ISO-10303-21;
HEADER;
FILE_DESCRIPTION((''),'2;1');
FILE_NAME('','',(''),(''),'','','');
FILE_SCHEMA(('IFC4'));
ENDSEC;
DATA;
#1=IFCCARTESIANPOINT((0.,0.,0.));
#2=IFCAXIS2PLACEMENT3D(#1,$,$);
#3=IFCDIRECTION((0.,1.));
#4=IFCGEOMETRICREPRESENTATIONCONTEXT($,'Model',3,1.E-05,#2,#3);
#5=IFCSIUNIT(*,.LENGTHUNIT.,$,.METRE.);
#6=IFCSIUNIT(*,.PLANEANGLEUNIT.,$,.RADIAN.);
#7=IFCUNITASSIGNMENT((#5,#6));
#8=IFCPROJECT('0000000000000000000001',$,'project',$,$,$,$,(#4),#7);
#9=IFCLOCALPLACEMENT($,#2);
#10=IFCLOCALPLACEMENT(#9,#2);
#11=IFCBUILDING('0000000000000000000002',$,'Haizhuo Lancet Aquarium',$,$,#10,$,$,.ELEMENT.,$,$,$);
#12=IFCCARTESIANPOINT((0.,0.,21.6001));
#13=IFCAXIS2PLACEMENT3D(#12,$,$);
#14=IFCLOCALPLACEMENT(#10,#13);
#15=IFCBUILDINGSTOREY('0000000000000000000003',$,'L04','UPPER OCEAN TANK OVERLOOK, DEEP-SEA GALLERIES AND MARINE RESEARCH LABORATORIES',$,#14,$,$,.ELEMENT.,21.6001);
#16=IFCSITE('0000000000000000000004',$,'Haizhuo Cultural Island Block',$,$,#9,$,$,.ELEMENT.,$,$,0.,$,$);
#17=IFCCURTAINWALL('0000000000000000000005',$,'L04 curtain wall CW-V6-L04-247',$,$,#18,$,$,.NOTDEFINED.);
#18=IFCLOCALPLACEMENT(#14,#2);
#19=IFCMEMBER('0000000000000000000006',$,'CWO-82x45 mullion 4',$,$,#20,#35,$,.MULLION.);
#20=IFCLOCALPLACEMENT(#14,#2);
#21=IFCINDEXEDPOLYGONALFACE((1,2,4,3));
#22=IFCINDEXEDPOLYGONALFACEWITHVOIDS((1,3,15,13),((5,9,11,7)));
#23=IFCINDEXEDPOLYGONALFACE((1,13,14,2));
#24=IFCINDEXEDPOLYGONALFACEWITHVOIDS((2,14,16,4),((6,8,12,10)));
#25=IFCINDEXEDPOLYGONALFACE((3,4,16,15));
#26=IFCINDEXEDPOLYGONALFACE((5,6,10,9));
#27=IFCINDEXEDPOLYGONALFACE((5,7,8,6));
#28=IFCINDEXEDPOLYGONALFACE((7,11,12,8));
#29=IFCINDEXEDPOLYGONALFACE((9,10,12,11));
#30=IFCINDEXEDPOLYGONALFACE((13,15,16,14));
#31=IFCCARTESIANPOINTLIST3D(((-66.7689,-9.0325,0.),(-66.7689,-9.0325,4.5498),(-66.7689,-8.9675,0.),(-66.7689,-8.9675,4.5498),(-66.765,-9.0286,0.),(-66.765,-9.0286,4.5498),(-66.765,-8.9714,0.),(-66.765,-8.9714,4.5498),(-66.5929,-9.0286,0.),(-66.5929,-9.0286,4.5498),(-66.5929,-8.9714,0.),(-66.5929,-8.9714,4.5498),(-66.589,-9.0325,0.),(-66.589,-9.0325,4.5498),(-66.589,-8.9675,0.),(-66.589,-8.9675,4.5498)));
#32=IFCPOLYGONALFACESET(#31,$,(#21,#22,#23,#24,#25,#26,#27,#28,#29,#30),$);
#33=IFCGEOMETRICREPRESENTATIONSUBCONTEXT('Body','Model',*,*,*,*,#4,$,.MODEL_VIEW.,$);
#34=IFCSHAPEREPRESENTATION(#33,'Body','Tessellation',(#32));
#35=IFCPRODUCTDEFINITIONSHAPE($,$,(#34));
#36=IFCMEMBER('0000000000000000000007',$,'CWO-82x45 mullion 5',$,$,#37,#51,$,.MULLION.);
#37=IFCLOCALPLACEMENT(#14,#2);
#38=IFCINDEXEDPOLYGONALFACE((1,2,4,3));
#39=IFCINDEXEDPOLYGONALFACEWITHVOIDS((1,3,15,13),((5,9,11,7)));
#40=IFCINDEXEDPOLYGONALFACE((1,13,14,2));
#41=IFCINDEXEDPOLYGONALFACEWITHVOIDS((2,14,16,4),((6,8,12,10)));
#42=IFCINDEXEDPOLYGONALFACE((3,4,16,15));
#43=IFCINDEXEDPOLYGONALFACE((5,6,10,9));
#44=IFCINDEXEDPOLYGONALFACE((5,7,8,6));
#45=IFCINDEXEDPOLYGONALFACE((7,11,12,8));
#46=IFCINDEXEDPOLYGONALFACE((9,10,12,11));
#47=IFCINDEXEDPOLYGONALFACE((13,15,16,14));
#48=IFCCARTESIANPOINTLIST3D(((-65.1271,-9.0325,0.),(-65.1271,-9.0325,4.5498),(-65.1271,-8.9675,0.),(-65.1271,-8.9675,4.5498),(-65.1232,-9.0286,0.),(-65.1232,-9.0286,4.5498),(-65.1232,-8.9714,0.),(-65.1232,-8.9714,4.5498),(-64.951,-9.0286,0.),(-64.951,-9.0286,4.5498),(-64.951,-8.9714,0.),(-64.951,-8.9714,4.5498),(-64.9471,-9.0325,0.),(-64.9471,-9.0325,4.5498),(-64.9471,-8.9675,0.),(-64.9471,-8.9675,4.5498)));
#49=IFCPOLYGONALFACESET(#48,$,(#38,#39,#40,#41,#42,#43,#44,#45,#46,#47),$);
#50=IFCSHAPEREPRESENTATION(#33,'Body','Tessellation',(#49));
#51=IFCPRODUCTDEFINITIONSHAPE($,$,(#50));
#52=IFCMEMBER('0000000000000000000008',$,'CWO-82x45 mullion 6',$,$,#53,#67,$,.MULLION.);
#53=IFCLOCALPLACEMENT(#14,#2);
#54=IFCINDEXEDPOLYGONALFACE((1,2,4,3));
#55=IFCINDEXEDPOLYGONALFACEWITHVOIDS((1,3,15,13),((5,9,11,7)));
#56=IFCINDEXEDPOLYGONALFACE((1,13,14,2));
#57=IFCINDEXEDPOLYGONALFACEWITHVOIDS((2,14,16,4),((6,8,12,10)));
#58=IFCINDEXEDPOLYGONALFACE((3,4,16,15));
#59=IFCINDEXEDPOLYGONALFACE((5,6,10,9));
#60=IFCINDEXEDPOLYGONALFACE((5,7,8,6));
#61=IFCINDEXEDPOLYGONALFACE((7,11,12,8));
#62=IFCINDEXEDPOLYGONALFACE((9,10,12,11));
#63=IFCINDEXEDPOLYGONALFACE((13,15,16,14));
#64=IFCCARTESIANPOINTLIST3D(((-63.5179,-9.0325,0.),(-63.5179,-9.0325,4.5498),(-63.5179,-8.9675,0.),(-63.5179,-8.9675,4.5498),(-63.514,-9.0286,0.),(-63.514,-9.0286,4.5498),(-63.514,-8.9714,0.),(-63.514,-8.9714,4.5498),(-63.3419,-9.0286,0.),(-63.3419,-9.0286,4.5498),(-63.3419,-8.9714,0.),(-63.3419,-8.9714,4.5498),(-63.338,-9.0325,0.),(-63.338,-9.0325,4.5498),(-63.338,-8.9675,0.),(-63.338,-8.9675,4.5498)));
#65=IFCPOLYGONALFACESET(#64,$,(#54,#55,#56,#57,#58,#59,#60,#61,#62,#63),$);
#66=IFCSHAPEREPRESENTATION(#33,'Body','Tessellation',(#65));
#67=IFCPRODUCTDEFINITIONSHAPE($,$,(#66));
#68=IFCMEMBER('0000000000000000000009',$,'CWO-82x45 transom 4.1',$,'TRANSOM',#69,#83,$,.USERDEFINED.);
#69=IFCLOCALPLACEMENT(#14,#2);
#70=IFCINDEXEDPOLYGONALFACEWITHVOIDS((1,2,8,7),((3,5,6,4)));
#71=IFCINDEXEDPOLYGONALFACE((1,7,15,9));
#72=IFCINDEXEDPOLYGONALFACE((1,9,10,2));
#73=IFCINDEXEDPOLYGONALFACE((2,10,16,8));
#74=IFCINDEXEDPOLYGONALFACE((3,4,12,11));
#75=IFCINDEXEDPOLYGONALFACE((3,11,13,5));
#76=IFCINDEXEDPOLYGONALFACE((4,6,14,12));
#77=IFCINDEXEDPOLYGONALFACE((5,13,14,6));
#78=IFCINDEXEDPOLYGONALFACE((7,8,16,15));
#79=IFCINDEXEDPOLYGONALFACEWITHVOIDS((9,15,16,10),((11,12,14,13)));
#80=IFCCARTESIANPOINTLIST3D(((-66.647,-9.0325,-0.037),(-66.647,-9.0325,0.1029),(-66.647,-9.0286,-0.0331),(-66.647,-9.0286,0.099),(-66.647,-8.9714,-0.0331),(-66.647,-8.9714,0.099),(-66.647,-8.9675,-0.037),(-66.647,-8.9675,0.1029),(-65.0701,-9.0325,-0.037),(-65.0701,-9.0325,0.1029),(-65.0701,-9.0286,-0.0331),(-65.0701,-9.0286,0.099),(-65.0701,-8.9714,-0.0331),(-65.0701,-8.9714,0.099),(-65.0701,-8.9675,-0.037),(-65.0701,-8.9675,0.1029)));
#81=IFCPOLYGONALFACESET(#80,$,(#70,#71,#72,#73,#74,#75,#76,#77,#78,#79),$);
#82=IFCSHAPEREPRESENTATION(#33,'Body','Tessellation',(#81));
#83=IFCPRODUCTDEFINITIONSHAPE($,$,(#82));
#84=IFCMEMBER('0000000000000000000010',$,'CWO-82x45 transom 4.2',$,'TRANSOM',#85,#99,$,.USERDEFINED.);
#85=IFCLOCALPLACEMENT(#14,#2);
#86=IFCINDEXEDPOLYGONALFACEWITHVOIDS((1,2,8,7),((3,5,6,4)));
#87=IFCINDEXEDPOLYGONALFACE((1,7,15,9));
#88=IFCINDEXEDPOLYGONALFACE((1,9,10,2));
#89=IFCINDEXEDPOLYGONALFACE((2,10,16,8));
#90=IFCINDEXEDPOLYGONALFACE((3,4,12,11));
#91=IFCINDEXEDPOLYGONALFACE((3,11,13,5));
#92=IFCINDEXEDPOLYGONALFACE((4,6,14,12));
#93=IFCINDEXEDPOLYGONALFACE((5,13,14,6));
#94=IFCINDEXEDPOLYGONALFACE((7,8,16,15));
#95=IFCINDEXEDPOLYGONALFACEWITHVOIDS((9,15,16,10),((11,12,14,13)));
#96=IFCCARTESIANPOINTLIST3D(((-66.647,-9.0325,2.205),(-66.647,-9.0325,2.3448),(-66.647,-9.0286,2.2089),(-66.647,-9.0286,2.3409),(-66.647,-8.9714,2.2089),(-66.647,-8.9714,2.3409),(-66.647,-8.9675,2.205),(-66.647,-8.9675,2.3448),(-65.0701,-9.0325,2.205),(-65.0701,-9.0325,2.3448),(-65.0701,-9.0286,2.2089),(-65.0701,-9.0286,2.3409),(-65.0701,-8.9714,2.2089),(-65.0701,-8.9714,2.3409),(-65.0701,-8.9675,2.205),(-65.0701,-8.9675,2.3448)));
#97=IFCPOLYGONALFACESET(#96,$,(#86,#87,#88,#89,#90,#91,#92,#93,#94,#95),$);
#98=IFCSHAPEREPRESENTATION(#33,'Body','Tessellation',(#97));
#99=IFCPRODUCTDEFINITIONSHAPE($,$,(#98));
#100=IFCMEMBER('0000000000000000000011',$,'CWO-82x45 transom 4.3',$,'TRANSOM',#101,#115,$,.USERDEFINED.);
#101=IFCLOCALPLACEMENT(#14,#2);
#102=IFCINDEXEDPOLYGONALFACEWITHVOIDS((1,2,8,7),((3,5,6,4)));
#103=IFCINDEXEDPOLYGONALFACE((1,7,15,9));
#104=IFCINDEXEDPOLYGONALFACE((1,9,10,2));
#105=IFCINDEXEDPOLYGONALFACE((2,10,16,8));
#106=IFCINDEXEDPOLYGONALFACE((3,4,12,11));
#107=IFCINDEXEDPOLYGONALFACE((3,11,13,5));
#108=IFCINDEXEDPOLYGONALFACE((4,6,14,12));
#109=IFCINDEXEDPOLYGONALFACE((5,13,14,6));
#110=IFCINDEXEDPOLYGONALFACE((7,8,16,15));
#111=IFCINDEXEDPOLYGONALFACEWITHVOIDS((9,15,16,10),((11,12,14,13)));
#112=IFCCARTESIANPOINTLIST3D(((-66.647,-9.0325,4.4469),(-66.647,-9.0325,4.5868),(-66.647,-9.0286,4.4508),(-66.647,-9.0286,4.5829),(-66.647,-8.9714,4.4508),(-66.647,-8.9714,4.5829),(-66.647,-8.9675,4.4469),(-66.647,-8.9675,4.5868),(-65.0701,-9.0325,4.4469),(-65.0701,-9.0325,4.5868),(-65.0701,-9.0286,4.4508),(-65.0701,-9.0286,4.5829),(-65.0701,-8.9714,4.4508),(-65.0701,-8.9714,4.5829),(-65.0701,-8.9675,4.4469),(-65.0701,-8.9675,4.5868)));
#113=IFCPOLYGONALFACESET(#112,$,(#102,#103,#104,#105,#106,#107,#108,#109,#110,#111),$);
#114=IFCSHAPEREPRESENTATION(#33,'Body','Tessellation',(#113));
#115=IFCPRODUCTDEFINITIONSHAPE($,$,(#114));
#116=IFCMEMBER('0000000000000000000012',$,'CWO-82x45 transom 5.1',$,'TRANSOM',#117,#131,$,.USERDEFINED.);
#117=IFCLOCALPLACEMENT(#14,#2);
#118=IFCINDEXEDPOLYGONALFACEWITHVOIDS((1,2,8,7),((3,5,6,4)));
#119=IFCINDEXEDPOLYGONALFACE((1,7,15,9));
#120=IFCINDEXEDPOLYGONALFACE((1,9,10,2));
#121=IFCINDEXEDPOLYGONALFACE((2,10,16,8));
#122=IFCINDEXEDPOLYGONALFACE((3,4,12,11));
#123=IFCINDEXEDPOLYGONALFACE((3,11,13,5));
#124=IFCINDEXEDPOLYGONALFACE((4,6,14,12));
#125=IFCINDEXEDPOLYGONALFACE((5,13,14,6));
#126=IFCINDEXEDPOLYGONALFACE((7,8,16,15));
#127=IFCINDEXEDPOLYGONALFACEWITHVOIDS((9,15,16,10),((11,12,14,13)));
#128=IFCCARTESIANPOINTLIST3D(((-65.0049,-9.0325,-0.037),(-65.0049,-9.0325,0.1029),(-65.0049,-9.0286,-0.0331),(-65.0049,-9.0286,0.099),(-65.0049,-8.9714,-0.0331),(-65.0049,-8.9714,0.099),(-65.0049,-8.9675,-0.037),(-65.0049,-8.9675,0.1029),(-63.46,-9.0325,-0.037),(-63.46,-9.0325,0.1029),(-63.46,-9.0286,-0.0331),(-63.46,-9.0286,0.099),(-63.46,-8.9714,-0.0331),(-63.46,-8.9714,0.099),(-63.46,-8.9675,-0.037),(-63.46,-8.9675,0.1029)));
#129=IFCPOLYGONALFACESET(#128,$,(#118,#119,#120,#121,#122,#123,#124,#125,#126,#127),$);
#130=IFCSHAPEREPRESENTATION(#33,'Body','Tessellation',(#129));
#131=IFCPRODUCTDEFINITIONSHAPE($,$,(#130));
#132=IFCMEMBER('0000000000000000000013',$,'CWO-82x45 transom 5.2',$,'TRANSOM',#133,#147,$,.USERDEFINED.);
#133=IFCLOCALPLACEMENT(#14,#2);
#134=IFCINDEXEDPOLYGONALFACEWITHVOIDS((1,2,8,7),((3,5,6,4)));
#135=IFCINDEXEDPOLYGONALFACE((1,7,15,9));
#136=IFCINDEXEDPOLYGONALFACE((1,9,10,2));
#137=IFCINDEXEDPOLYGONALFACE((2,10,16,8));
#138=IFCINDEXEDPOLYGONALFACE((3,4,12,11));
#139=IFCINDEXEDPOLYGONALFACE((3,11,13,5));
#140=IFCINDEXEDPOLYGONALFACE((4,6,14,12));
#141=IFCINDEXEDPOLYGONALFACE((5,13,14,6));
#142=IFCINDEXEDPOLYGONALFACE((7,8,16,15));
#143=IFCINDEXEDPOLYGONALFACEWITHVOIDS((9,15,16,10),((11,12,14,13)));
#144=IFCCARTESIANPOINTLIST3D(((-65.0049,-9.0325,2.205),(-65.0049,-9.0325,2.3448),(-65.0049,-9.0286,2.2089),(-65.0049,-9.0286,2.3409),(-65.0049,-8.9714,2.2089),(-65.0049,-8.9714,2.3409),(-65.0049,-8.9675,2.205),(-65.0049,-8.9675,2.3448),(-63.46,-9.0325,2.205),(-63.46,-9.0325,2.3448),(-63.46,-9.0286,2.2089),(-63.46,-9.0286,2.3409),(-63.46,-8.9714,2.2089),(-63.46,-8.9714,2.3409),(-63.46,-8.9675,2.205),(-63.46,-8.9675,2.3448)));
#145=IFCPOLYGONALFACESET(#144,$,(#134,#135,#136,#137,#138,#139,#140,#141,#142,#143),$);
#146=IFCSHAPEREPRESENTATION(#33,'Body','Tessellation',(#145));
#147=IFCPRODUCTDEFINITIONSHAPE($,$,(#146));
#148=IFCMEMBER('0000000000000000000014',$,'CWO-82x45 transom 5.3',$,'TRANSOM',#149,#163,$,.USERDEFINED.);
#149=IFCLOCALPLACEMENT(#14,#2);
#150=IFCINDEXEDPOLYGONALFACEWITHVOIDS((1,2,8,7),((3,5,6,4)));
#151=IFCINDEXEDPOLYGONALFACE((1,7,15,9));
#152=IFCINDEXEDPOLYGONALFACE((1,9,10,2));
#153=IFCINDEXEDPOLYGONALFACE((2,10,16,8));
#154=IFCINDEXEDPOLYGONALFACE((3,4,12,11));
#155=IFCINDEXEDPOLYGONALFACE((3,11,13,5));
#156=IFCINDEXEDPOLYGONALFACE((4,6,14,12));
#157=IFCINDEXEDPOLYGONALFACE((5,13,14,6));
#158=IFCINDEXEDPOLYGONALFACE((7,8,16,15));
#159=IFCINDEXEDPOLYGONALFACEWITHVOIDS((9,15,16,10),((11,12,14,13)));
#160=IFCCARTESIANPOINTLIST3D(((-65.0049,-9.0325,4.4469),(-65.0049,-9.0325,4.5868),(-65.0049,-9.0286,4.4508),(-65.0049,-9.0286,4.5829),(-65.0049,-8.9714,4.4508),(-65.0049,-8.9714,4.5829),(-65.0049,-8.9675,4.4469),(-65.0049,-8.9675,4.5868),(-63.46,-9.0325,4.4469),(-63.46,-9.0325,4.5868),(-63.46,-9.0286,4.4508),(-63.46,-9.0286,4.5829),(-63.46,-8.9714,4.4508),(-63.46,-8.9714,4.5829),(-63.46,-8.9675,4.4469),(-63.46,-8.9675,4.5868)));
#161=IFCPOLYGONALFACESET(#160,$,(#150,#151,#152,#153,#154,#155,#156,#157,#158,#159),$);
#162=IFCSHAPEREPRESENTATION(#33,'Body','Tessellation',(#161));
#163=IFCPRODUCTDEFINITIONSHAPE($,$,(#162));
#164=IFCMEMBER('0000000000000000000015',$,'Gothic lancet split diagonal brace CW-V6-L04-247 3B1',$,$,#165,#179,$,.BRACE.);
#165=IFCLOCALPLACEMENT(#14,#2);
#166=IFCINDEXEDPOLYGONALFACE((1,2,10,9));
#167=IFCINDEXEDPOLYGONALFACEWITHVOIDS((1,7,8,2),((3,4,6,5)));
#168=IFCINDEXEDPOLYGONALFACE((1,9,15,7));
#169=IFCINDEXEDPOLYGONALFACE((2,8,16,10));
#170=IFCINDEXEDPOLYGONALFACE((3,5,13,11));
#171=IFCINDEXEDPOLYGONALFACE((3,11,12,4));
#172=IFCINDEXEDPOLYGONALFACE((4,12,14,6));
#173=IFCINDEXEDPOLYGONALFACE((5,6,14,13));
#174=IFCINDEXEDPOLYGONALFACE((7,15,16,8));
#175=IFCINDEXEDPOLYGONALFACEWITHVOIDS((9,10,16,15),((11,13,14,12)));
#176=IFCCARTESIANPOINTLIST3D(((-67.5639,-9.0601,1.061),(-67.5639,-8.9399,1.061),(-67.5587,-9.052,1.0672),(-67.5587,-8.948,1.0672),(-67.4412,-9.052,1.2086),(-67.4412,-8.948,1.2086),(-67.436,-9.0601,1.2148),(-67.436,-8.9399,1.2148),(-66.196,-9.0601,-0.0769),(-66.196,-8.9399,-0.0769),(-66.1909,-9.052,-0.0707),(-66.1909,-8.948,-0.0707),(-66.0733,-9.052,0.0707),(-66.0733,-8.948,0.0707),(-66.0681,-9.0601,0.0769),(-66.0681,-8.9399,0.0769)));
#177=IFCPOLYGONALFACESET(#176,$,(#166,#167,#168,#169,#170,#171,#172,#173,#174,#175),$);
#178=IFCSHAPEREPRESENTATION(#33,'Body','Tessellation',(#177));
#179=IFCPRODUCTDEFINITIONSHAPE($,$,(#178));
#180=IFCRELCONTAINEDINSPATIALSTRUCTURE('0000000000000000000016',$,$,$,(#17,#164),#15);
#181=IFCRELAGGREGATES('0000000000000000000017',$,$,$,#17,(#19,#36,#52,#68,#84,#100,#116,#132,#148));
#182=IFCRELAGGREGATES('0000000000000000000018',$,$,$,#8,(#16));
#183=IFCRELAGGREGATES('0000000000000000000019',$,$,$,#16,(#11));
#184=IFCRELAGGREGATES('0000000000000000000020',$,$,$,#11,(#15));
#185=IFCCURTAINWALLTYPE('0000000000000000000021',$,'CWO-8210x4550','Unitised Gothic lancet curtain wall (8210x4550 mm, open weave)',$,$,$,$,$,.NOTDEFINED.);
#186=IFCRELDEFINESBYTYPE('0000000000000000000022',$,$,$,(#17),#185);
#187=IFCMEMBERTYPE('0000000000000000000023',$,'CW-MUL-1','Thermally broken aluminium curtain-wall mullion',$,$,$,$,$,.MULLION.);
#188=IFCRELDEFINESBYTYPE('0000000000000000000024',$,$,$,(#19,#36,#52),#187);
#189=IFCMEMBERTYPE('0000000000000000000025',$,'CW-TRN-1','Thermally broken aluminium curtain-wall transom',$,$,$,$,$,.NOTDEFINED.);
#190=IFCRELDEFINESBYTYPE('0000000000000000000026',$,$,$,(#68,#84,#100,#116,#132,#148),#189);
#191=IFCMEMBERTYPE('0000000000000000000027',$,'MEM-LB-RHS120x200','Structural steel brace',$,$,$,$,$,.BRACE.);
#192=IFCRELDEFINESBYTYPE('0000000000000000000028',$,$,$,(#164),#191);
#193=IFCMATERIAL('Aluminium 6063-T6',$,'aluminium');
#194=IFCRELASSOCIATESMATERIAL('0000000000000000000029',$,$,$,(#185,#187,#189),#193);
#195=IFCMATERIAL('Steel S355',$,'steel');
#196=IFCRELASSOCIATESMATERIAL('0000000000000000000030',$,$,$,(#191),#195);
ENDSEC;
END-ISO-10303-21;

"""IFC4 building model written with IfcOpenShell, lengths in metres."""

from ifc_helpers import new_model, si_unit, direction, frame, origin, origin_2d, place, context, subcontext, project, spatial, hollow_rectangle, extrude, material, material_profile, profile_set, type_object, element, aggregate, save


model = new_model("IFC4")

# Units and contexts
model_context = context("Model", 3, precision=1e-05, world=origin(), true_north=direction((0.0, 1.0)))
body_context = subcontext(model_context, "Body", "Model", "MODEL_VIEW")
ifc_project = project(units=[si_unit("LENGTHUNIT", "METRE"), si_unit("PLANEANGLEUNIT", "RADIAN")], contexts=[model_context])

# Site, building, storey
site_placement = place(None, origin())
site = spatial("IfcSite", under=ifc_project, at=site_placement, Name="Haizhuo Cultural Island Block", CompositionType="ELEMENT", RefElevation=0.0)
building_placement = place(site_placement, origin())
building = spatial("IfcBuilding", under=site, at=building_placement, Name="Haizhuo Lancet Aquarium", CompositionType="ELEMENT")
storey_placement = place(building_placement, frame((0.0, 0.0, 21.6001)))
storey = spatial("IfcBuildingStorey", under=building, at=storey_placement, Name="L04", Description="UPPER OCEAN TANK OVERLOOK, DEEP-SEA GALLERIES AND MARINE RESEARCH LABORATORIES", CompositionType="ELEMENT", Elevation=21.6001)

# Curtain wall, members
ifc_material_1 = material(Name="Aluminium 6063-T6", Category="aluminium")
curtain_wall_type = type_object("IfcCurtainWallType", Name="CWO-8210x4550", Description="Unitised Gothic lancet curtain wall (8210x4550 mm, open weave)", PredefinedType="NOTDEFINED", material=ifc_material_1)
curtain_wall_placement = place(storey_placement, origin())
curtain_wall = element("IfcCurtainWall", 1, at=curtain_wall_placement, inside=storey, type_object=curtain_wall_type, Name="L04 curtain wall CW-V6-L04-247", PredefinedType="NOTDEFINED")
ifc_material_profile_1 = material_profile(ifc_material_1, hollow_rectangle(XDim=0.0649, YDim=0.1799, WallThickness=0.0039, at=origin_2d()), Name="ALU-M 65x180x4")
ifc_profile_set_1 = profile_set([ifc_material_profile_1], Name="Aluminium 6063-T6")
member_type_1 = type_object("IfcMemberType", Name="CW-MUL-1", Description="Thermally broken aluminium curtain-wall mullion", PredefinedType="MULLION", material=ifc_profile_set_1)
member_1_placement = place(storey_placement, frame((-66.679, -9.0, 0.0), z_axis=(0.0, 0.0, 1.0), x_axis=(0.0, 1.0, 0.0)))
member_1 = element("IfcMember", 2, at=member_1_placement, type_object=member_type_1, Name="CWO-82x45 mullion 4", PredefinedType="MULLION", context=body_context, shape_type="SweptSolid", body=[
    extrude(hollow_rectangle(XDim=0.0649, YDim=0.1799, WallThickness=0.0039, at=origin_2d()), origin(), (0.0, 0.0, 1.0), 4.5498),
])
member_2_placement = place(storey_placement, frame((-65.0371, -9.0, 0.0), z_axis=(0.0, 0.0, 1.0), x_axis=(0.0, 1.0, 0.0)))
member_2 = element("IfcMember", 3, at=member_2_placement, type_object=member_type_1, Name="CWO-82x45 mullion 5", PredefinedType="MULLION", context=body_context, shape_type="SweptSolid", body=[
    extrude(hollow_rectangle(XDim=0.0649, YDim=0.1799, WallThickness=0.0039, at=origin_2d()), origin(), (0.0, 0.0, 1.0), 4.5498),
])
member_3_placement = place(storey_placement, frame((-63.428, -9.0, 0.0), z_axis=(0.0, 0.0, 1.0), x_axis=(0.0, 1.0, 0.0)))
member_3 = element("IfcMember", 4, at=member_3_placement, type_object=member_type_1, Name="CWO-82x45 mullion 6", PredefinedType="MULLION", context=body_context, shape_type="SweptSolid", body=[
    extrude(hollow_rectangle(XDim=0.0649, YDim=0.1799, WallThickness=0.0039, at=origin_2d()), origin(), (0.0, 0.0, 1.0), 4.5498),
])
ifc_material_profile_2 = material_profile(ifc_material_1, hollow_rectangle(XDim=0.0649, YDim=0.1399, WallThickness=0.0039, at=origin_2d()), Name="ALU-T 65x140x4")
ifc_profile_set_2 = profile_set([ifc_material_profile_2], Name="Aluminium 6063-T6")
member_type_2 = type_object("IfcMemberType", Name="CW-TRN-1", Description="Thermally broken aluminium curtain-wall transom", PredefinedType="NOTDEFINED", material=ifc_profile_set_2)
member_4_placement = place(storey_placement, frame((-66.647, -9.0, 0.033), z_axis=(1.0, 0.0, 0.0), x_axis=(0.0, 1.0, 0.0)))
member_4 = element("IfcMember", 5, at=member_4_placement, type_object=member_type_2, Name="CWO-82x45 transom 4.1", ObjectType="TRANSOM", PredefinedType="USERDEFINED", context=body_context, shape_type="SweptSolid", body=[
    extrude(hollow_rectangle(XDim=0.0649, YDim=0.1399, WallThickness=0.0039, at=origin_2d()), origin(), (0.0, 0.0, 1.0), 1.5769),
])
member_5_placement = place(storey_placement, frame((-66.647, -9.0, 2.2749), z_axis=(1.0, 0.0, 0.0), x_axis=(0.0, 1.0, 0.0)))
member_5 = element("IfcMember", 6, at=member_5_placement, type_object=member_type_2, Name="CWO-82x45 transom 4.2", ObjectType="TRANSOM", PredefinedType="USERDEFINED", context=body_context, shape_type="SweptSolid", body=[
    extrude(hollow_rectangle(XDim=0.0649, YDim=0.1399, WallThickness=0.0039, at=origin_2d()), origin(), (0.0, 0.0, 1.0), 1.5769),
])
member_6_placement = place(storey_placement, frame((-66.647, -9.0, 4.5168), z_axis=(1.0, 0.0, 0.0), x_axis=(0.0, 1.0, 0.0)))
member_6 = element("IfcMember", 7, at=member_6_placement, type_object=member_type_2, Name="CWO-82x45 transom 4.3", ObjectType="TRANSOM", PredefinedType="USERDEFINED", context=body_context, shape_type="SweptSolid", body=[
    extrude(hollow_rectangle(XDim=0.0649, YDim=0.1399, WallThickness=0.0039, at=origin_2d()), origin(), (0.0, 0.0, 1.0), 1.5769),
])
member_7_placement = place(storey_placement, frame((-65.0049, -9.0, 0.033), z_axis=(1.0, 0.0, 0.0), x_axis=(0.0, 1.0, 0.0)))
member_7 = element("IfcMember", 8, at=member_7_placement, type_object=member_type_2, Name="CWO-82x45 transom 5.1", ObjectType="TRANSOM", PredefinedType="USERDEFINED", context=body_context, shape_type="SweptSolid", body=[
    extrude(hollow_rectangle(XDim=0.0649, YDim=0.1399, WallThickness=0.0039, at=origin_2d()), origin(), (0.0, 0.0, 1.0), 1.5449),
])
member_8_placement = place(storey_placement, frame((-65.0049, -9.0, 2.2749), z_axis=(1.0, 0.0, 0.0), x_axis=(0.0, 1.0, 0.0)))
member_8 = element("IfcMember", 9, at=member_8_placement, type_object=member_type_2, Name="CWO-82x45 transom 5.2", ObjectType="TRANSOM", PredefinedType="USERDEFINED", context=body_context, shape_type="SweptSolid", body=[
    extrude(hollow_rectangle(XDim=0.0649, YDim=0.1399, WallThickness=0.0039, at=origin_2d()), origin(), (0.0, 0.0, 1.0), 1.5449),
])
member_9_placement = place(storey_placement, frame((-65.0049, -9.0, 4.5168), z_axis=(1.0, 0.0, 0.0), x_axis=(0.0, 1.0, 0.0)))
member_9 = element("IfcMember", 10, at=member_9_placement, type_object=member_type_2, Name="CWO-82x45 transom 5.3", ObjectType="TRANSOM", PredefinedType="USERDEFINED", context=body_context, shape_type="SweptSolid", body=[
    extrude(hollow_rectangle(XDim=0.0649, YDim=0.1399, WallThickness=0.0039, at=origin_2d()), origin(), (0.0, 0.0, 1.0), 1.5449),
])

# Member
ifc_material_2 = material(Name="Steel S355", Category="steel")
ifc_material_profile_3 = material_profile(ifc_material_2, hollow_rectangle(XDim=0.1201, YDim=0.2, WallThickness=0.0081, at=origin_2d()), Name="RHS 120x200x8")
ifc_profile_set_3 = profile_set([ifc_material_profile_3], Name="Steel S355")
member_type_3 = type_object("IfcMemberType", Name="MEM-LB-RHS120x200", Description="Structural steel brace", PredefinedType="BRACE", material=ifc_profile_set_3)
member_10_placement = place(storey_placement, frame((-66.1321, -9.0, 0.0), z_axis=(-0.768772, 0.0, 0.639523), x_axis=(0.0, -1.0, 0.0)))
element("IfcMember", 11, at=member_10_placement, inside=storey, type_object=member_type_3, Name="Gothic lancet split diagonal brace CW-V6-L04-247 3B1", PredefinedType="BRACE", context=body_context, shape_type="SweptSolid", body=[
    extrude(hollow_rectangle(XDim=0.1201, YDim=0.2, WallThickness=0.0081, at=origin_2d()), origin(), (0.0, 0.0, 1.0), 1.7793),
])

aggregate(curtain_wall, [member_1, member_2, member_3, member_4, member_5, member_6, member_7, member_8, member_9])

save(model, "model.ifc")
